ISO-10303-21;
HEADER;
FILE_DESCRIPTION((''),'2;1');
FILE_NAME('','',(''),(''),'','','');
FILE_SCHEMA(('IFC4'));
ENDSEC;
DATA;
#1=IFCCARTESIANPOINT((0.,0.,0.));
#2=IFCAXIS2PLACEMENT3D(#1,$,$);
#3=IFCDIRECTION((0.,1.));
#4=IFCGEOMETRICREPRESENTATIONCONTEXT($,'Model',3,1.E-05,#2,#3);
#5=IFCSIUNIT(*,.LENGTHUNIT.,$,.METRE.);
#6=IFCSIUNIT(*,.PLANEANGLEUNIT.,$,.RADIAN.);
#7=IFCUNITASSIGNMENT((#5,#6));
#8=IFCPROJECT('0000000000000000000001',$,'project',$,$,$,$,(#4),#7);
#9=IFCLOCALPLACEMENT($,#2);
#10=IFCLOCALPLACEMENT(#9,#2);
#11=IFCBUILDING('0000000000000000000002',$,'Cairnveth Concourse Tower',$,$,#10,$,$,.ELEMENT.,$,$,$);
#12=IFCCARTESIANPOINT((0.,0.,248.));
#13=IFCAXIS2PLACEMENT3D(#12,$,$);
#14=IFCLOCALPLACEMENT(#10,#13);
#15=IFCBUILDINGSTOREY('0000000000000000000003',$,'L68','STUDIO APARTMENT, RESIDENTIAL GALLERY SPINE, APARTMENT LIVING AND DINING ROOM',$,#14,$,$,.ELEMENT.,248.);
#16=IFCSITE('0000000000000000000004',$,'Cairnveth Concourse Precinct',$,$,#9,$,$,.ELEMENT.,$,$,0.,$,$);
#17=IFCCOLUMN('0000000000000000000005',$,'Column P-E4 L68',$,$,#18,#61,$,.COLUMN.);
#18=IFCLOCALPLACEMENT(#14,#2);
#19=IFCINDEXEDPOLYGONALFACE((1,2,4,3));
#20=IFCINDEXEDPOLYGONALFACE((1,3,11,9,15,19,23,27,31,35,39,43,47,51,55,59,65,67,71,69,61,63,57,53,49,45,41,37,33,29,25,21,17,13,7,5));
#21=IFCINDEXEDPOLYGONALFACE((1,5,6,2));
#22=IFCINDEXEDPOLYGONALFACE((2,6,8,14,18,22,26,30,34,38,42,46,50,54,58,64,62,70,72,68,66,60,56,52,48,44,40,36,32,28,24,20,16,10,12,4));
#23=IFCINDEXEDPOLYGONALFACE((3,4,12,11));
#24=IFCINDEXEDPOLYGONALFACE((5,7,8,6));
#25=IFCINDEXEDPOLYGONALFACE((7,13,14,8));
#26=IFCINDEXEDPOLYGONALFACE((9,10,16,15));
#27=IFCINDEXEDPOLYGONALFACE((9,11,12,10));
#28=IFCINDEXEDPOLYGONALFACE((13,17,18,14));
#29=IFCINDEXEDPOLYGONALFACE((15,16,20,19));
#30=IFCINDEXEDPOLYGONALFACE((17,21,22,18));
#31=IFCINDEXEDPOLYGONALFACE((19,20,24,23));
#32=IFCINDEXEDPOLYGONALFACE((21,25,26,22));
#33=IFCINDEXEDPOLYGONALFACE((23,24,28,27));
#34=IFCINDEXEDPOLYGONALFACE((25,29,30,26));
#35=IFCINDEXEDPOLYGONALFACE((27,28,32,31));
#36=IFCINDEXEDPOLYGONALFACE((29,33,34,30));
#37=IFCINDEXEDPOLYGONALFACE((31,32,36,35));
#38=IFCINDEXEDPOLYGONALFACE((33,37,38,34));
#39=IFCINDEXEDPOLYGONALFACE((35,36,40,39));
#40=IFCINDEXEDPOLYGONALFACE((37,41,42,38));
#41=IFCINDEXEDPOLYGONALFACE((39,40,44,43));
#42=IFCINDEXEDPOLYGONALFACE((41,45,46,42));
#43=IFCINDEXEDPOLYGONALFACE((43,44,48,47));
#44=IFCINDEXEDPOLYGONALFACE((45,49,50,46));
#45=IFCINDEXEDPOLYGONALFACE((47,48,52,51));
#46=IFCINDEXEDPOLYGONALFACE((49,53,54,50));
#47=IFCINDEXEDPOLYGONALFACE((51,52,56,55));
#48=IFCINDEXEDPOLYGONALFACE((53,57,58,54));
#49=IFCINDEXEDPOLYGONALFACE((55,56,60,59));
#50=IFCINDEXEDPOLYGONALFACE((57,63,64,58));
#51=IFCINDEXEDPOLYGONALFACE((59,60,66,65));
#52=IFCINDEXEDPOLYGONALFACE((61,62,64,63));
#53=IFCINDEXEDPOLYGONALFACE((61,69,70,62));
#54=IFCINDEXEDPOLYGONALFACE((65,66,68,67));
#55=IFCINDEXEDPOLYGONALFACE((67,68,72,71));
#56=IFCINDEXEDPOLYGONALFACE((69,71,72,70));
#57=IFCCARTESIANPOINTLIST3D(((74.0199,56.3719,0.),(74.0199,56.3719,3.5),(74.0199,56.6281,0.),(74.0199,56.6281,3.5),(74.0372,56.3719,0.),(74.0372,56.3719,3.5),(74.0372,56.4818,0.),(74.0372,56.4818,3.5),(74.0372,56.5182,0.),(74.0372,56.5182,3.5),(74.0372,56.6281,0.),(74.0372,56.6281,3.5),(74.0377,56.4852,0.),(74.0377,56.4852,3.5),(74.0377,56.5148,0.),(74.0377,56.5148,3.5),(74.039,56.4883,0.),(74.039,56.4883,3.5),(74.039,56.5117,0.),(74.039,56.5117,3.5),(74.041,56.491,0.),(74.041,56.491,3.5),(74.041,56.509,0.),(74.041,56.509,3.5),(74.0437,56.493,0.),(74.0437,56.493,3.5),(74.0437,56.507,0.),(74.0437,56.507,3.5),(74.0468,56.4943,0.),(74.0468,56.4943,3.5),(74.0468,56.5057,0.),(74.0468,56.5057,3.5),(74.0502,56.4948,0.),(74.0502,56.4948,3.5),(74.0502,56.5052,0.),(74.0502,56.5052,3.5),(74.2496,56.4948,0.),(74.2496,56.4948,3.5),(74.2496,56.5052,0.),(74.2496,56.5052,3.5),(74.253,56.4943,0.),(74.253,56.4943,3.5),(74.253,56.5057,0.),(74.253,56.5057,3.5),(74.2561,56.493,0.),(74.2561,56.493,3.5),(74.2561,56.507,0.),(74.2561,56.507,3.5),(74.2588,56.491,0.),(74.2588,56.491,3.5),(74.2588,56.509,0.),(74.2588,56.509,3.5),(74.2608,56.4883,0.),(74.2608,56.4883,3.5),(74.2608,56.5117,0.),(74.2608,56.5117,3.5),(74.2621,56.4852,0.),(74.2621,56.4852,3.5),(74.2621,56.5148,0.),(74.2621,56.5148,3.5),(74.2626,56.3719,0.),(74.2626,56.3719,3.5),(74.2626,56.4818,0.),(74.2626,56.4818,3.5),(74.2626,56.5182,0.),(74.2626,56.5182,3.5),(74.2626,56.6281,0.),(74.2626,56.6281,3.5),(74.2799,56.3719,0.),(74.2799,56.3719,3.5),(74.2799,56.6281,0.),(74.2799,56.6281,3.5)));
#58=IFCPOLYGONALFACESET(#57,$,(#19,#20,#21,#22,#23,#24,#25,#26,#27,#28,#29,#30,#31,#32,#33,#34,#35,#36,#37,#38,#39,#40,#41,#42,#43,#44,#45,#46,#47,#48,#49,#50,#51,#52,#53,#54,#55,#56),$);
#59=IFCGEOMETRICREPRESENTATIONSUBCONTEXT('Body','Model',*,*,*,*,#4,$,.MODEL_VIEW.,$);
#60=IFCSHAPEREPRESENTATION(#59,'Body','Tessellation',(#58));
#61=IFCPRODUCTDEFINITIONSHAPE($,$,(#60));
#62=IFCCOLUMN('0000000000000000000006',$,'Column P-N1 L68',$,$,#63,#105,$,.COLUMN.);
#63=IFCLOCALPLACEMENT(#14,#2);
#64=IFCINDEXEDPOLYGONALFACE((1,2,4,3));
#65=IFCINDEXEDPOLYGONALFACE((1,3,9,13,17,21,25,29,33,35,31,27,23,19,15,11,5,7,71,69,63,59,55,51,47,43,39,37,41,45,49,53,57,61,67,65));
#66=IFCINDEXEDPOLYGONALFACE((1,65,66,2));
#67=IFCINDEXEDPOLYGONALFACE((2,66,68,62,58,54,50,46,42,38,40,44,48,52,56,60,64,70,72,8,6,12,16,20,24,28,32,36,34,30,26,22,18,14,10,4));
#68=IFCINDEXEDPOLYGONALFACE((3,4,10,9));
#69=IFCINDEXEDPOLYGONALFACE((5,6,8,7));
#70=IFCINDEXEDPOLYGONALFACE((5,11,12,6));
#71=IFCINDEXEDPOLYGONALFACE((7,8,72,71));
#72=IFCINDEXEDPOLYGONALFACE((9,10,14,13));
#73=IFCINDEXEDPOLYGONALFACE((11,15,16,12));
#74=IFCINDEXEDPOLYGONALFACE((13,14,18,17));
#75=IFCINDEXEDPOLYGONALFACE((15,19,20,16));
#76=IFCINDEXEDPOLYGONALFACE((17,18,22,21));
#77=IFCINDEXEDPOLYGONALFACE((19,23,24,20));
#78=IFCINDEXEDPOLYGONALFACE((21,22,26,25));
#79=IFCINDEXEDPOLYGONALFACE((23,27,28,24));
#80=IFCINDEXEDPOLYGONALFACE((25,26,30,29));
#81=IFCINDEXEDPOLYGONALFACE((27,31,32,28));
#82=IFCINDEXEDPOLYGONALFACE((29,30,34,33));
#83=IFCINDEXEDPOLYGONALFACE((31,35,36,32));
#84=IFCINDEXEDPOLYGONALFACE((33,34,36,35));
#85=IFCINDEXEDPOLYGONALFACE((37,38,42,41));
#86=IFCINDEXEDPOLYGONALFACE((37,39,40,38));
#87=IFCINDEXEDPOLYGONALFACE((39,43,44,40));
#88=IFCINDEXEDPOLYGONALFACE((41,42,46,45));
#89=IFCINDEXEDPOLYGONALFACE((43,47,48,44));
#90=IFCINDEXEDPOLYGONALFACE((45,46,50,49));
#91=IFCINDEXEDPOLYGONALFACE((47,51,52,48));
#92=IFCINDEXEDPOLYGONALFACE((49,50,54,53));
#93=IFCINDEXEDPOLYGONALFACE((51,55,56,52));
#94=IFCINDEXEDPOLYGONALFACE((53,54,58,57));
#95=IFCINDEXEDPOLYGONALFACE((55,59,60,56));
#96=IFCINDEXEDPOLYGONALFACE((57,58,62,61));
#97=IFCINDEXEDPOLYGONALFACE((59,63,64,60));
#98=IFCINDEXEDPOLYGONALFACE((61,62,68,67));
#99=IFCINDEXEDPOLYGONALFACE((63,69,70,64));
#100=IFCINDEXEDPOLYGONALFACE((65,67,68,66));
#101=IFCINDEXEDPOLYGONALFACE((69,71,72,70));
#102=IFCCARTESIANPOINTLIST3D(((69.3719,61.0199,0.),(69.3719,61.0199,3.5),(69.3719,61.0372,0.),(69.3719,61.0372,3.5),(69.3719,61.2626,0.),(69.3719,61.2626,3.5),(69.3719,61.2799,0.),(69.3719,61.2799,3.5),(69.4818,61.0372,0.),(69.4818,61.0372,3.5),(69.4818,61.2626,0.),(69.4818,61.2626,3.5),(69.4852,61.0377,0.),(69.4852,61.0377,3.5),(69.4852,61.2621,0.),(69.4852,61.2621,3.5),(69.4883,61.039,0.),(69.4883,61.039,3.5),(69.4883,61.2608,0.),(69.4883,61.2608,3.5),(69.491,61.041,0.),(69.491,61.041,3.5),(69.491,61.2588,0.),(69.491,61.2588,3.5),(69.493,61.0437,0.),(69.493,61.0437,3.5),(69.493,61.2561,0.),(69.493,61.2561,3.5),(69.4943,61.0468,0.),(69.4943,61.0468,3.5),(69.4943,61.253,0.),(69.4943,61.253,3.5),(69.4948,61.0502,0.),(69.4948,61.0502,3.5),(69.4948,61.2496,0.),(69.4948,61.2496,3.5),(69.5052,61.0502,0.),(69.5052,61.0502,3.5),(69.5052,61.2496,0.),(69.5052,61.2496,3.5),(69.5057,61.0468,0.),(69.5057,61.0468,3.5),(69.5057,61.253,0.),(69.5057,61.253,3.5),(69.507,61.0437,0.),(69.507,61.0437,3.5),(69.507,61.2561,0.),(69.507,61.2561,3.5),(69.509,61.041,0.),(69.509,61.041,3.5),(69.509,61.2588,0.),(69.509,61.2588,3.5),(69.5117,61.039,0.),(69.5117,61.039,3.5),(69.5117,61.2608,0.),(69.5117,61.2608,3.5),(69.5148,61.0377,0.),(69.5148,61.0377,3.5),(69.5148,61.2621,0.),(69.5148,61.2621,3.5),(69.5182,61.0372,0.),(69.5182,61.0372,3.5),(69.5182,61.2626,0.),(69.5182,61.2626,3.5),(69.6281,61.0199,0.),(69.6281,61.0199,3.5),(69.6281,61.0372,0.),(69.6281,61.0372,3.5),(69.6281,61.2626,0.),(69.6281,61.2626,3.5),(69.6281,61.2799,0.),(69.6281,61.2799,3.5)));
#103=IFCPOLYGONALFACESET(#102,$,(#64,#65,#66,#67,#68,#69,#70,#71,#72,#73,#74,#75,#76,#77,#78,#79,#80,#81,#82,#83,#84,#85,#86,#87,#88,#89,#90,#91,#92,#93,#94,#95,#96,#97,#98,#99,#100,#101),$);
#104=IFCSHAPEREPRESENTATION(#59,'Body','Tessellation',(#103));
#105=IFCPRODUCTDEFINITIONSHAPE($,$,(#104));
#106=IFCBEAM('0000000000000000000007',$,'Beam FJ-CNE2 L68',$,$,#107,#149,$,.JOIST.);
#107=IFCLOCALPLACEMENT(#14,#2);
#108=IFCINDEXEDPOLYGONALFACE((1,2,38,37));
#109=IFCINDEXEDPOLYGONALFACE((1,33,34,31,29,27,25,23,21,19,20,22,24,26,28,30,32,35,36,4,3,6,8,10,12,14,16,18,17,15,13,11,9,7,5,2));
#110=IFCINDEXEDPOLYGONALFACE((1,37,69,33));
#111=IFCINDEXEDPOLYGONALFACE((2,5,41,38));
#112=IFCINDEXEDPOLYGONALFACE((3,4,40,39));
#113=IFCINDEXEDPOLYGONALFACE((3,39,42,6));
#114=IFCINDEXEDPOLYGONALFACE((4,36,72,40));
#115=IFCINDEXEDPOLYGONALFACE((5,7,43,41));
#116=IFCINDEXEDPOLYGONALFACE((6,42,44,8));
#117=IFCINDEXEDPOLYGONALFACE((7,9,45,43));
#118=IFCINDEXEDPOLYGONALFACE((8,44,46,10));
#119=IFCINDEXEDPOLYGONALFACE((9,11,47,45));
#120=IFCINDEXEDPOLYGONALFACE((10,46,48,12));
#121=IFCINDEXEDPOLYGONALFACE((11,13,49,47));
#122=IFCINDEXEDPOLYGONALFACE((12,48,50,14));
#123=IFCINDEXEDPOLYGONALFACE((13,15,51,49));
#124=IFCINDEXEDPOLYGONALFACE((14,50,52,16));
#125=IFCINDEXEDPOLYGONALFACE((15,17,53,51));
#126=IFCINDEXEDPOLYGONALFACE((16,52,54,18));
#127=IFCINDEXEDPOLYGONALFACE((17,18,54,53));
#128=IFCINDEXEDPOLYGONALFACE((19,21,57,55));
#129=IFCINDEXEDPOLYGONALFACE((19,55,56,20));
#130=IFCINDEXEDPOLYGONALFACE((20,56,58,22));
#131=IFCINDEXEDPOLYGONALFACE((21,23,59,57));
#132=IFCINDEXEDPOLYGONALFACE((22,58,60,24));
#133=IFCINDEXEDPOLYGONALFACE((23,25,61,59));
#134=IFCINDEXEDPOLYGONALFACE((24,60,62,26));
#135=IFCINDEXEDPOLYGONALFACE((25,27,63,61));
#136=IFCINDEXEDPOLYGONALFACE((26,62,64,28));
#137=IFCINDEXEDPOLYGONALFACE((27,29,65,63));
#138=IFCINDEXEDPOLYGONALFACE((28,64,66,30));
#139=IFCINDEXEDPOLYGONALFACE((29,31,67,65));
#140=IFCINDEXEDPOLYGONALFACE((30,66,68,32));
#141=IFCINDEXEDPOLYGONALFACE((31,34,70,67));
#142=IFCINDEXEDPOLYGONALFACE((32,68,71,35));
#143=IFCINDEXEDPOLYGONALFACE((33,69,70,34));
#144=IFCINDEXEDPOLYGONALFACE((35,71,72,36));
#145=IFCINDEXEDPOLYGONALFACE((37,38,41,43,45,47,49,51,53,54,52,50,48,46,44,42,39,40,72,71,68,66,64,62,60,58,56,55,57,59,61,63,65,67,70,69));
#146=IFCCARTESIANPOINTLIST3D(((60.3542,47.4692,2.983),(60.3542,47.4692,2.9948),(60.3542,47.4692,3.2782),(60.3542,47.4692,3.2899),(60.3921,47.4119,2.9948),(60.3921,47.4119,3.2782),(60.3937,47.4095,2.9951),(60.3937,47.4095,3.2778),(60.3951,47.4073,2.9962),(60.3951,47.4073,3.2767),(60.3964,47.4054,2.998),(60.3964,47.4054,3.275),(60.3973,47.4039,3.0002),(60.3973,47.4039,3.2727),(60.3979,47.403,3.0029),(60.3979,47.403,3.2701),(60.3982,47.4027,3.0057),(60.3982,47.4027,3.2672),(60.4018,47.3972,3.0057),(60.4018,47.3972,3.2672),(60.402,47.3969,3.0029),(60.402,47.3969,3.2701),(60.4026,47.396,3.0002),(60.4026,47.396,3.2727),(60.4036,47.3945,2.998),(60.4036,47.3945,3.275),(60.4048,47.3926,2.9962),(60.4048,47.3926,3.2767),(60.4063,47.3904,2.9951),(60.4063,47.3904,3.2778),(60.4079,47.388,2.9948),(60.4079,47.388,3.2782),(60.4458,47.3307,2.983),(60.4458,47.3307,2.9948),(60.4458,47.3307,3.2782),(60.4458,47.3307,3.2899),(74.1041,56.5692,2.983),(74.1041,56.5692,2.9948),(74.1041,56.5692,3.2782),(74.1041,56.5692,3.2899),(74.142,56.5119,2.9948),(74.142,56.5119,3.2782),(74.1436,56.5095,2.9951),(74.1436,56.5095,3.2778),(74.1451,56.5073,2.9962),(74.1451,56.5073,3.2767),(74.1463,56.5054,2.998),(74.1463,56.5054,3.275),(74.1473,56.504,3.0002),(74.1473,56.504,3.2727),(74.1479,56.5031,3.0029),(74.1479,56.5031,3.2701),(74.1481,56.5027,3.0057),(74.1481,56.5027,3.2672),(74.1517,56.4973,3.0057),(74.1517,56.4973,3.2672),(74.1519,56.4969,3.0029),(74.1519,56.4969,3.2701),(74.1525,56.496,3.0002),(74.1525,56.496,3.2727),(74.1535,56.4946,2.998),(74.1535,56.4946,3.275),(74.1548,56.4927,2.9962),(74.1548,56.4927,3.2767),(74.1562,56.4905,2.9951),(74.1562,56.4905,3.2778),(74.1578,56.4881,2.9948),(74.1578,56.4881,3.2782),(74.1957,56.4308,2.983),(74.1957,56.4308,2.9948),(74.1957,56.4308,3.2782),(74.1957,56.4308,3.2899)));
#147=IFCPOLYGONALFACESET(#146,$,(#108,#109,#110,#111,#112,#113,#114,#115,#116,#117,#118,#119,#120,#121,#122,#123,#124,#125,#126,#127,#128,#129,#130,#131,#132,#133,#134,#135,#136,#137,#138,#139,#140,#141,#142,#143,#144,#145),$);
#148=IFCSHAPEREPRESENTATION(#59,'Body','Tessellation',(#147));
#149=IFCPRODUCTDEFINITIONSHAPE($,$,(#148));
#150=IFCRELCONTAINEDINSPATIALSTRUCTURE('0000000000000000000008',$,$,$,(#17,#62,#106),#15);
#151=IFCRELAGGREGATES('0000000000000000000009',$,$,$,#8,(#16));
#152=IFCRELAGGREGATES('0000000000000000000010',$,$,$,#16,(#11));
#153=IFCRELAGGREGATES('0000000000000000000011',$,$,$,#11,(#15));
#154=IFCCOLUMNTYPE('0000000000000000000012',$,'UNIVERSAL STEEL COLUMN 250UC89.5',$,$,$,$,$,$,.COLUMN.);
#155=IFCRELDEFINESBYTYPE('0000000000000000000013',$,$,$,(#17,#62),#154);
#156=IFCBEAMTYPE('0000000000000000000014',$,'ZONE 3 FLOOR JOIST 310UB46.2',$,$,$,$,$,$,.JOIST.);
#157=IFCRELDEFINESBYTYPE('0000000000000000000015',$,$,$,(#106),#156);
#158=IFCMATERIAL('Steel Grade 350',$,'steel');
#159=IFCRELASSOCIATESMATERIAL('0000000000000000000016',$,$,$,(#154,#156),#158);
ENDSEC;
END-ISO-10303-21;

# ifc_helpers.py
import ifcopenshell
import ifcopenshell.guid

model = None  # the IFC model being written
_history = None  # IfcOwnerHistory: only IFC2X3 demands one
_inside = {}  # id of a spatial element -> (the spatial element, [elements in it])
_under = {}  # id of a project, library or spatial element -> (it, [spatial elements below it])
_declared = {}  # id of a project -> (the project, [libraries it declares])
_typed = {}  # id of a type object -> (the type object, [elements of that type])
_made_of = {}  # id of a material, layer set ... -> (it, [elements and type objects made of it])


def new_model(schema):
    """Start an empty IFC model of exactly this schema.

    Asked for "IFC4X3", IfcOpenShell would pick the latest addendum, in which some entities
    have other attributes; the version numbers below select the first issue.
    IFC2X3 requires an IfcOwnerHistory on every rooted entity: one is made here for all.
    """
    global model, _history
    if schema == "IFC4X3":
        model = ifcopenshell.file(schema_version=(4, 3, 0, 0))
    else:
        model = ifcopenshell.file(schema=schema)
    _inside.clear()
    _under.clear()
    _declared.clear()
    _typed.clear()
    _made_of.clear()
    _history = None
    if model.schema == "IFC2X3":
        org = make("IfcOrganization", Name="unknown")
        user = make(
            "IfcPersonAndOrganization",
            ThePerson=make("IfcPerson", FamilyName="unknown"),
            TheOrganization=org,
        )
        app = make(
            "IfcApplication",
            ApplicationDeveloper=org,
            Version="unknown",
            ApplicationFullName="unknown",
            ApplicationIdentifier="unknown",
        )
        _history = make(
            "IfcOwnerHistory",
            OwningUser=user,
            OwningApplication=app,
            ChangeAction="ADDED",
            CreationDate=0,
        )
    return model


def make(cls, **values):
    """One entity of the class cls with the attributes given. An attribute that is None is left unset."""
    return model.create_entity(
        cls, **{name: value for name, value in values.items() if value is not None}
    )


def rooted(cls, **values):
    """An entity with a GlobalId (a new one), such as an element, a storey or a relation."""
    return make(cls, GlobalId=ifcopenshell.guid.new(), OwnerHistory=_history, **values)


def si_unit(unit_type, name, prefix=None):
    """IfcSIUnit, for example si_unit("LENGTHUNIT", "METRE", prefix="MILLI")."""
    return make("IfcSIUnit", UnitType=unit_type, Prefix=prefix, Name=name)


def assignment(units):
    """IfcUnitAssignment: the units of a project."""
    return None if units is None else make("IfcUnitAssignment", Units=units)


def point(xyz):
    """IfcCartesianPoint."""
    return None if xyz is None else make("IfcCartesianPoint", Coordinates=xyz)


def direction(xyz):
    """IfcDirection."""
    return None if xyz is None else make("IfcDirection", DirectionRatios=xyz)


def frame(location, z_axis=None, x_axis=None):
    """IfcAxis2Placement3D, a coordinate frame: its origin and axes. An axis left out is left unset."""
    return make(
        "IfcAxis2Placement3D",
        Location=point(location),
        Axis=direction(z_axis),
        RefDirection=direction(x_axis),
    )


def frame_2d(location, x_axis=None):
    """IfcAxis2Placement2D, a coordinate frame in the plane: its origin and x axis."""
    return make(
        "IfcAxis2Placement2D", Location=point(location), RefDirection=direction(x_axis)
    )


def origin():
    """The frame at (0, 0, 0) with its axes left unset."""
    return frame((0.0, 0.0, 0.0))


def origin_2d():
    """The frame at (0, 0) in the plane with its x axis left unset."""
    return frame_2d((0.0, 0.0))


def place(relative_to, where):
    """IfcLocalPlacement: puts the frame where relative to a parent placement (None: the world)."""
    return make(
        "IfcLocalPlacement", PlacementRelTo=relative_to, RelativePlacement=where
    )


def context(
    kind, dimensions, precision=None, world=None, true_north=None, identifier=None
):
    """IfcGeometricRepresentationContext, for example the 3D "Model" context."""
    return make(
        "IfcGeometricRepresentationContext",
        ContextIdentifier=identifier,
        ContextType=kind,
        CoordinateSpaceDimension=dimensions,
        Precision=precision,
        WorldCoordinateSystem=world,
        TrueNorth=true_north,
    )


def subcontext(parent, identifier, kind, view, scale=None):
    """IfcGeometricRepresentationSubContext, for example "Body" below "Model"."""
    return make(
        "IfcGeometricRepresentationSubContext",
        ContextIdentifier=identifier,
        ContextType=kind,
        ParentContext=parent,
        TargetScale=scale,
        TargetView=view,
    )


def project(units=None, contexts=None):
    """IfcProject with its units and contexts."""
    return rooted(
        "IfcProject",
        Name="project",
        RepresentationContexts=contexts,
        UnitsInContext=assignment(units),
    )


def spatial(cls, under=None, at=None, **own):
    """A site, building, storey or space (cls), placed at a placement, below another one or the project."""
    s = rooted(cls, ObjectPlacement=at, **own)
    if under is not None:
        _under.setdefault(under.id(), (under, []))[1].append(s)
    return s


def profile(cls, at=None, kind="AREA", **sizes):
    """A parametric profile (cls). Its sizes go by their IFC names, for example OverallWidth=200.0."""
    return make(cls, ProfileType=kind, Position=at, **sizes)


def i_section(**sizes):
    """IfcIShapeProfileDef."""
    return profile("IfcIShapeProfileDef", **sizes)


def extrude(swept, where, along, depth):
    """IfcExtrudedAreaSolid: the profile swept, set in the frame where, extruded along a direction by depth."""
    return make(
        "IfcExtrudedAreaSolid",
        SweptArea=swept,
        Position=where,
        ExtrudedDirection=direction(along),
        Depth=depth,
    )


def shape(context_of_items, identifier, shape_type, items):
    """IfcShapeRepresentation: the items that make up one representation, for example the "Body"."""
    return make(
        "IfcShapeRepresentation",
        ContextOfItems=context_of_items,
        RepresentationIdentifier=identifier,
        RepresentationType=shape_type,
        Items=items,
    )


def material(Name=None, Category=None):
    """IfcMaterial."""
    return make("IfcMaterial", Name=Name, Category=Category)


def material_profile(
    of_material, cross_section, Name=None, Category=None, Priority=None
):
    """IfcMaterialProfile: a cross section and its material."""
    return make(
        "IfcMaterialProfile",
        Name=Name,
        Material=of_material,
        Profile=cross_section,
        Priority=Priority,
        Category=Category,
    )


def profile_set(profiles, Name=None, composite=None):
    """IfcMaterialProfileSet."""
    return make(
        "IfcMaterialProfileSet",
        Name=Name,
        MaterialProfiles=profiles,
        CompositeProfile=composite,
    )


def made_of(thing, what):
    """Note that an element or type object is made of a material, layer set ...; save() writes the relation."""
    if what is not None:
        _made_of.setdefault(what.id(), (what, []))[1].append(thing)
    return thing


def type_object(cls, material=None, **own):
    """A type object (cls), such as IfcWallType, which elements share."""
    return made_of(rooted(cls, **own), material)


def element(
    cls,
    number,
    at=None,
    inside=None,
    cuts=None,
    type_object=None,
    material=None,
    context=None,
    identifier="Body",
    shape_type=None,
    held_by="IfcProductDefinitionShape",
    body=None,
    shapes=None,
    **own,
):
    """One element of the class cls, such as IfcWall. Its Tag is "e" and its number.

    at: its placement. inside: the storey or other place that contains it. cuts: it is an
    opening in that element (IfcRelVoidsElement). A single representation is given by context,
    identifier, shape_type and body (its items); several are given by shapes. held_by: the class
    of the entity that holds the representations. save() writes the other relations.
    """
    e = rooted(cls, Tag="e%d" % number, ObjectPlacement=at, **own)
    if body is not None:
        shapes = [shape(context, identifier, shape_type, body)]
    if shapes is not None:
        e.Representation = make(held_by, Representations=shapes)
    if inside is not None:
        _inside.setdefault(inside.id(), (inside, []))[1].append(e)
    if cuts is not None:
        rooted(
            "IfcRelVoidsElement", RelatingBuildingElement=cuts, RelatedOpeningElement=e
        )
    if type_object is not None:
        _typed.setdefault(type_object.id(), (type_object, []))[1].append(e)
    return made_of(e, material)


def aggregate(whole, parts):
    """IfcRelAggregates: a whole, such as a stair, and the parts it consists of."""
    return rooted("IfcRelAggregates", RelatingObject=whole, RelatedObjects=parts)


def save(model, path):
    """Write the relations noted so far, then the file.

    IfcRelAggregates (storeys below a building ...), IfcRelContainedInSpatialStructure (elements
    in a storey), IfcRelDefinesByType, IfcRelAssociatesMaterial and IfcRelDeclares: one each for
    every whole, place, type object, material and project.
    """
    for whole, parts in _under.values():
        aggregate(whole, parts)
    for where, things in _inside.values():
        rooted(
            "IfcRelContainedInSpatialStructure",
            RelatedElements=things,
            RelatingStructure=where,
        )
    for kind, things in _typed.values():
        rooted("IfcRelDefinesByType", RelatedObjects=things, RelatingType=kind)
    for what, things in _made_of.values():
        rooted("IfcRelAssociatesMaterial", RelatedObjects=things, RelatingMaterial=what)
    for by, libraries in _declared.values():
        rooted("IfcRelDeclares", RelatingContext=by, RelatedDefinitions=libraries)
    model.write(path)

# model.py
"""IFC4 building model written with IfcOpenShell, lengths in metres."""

from ifc_helpers import new_model, si_unit, direction, frame, origin, origin_2d, place, context, subcontext, project, spatial, i_section, extrude, material, material_profile, profile_set, type_object, element, save


model = new_model("IFC4")

# Units and contexts
model_context = context("Model", 3, precision=1e-05, world=origin(), true_north=direction((0.0, 1.0)))
body_context = subcontext(model_context, "Body", "Model", "MODEL_VIEW")
ifc_project = project(units=[si_unit("LENGTHUNIT", "METRE"), si_unit("PLANEANGLEUNIT", "RADIAN")], contexts=[model_context])

# Site, building, storey
site_placement = place(None, origin())
site = spatial("IfcSite", under=ifc_project, at=site_placement, Name="Cairnveth Concourse Precinct", CompositionType="ELEMENT", RefElevation=0.0)
building_placement = place(site_placement, origin())
building = spatial("IfcBuilding", under=site, at=building_placement, Name="Cairnveth Concourse Tower", CompositionType="ELEMENT")
storey_placement = place(building_placement, frame((0.0, 0.0, 248.0)))
storey = spatial("IfcBuildingStorey", under=building, at=storey_placement, Name="L68", Description="STUDIO APARTMENT, RESIDENTIAL GALLERY SPINE, APARTMENT LIVING AND DINING ROOM", CompositionType="ELEMENT", Elevation=248.0)

# Columns
ifc_material_1 = material(Name="Steel Grade 350", Category="steel")
ifc_material_profile_1 = material_profile(ifc_material_1, i_section(OverallWidth=0.2561, OverallDepth=0.26, WebThickness=0.0105, FlangeThickness=0.0173, FilletRadius=0.0129, at=origin_2d()), Name="250UC89.5")
ifc_profile_set_1 = profile_set([ifc_material_profile_1], Name="Steel Grade 350")
column_type = type_object("IfcColumnType", Name="UNIVERSAL STEEL COLUMN 250UC89.5", PredefinedType="COLUMN", material=ifc_profile_set_1)
for number, where, z_axis, x_axis, name in (
    (1, (74.1499, 56.5, 0.0), (0.0, 0.0, 1.0), (0.0, 1.0, 0.0), "Column P-E4 L68"),
    (2, (69.5, 61.1499, 0.0), (0.0, 0.0, 1.0), (1.0, 0.0, 0.0), "Column P-N1 L68"),
):
    element("IfcColumn", number, at=place(storey_placement, frame(where, z_axis=z_axis, x_axis=x_axis)), inside=storey, type_object=column_type, Name=name, PredefinedType="COLUMN", context=body_context, shape_type="SweptSolid", body=[
        extrude(i_section(OverallWidth=0.2561, OverallDepth=0.26, WebThickness=0.0105, FlangeThickness=0.0173, FilletRadius=0.0129, at=origin_2d()), origin(), (0.0, 0.0, 1.0), 3.5),
    ])

# Beam
ifc_material_profile_2 = material_profile(ifc_material_1, i_section(OverallWidth=0.166, OverallDepth=0.3069, WebThickness=0.0066, FlangeThickness=0.0117, FilletRadius=0.011, at=origin_2d()), Name="310UB46.2")
ifc_profile_set_2 = profile_set([ifc_material_profile_2], Name="Steel Grade 350")
beam_type_1 = type_object("IfcBeamType", Name="ZONE 3 FLOOR JOIST 310UB46.2", PredefinedType="JOIST", material=ifc_profile_set_2)
beam_1_placement = place(storey_placement, frame((74.1499, 56.5, 3.1365), z_axis=(-0.833909, -0.551902, 0.0), x_axis=(0.551902, -0.833909, 0.0)))
element("IfcBeam", 3, at=beam_1_placement, inside=storey, type_object=beam_type_1, Name="Beam FJ-CNE2 L68", PredefinedType="JOIST", context=body_context, shape_type="SweptSolid", body=[
    extrude(i_section(OverallWidth=0.166, OverallDepth=0.3069, WebThickness=0.0066, FlangeThickness=0.0117, FilletRadius=0.011, at=origin_2d()), origin(), (0.0, 0.0, 1.0), 16.4885),
])

save(model, "model.ifc")
